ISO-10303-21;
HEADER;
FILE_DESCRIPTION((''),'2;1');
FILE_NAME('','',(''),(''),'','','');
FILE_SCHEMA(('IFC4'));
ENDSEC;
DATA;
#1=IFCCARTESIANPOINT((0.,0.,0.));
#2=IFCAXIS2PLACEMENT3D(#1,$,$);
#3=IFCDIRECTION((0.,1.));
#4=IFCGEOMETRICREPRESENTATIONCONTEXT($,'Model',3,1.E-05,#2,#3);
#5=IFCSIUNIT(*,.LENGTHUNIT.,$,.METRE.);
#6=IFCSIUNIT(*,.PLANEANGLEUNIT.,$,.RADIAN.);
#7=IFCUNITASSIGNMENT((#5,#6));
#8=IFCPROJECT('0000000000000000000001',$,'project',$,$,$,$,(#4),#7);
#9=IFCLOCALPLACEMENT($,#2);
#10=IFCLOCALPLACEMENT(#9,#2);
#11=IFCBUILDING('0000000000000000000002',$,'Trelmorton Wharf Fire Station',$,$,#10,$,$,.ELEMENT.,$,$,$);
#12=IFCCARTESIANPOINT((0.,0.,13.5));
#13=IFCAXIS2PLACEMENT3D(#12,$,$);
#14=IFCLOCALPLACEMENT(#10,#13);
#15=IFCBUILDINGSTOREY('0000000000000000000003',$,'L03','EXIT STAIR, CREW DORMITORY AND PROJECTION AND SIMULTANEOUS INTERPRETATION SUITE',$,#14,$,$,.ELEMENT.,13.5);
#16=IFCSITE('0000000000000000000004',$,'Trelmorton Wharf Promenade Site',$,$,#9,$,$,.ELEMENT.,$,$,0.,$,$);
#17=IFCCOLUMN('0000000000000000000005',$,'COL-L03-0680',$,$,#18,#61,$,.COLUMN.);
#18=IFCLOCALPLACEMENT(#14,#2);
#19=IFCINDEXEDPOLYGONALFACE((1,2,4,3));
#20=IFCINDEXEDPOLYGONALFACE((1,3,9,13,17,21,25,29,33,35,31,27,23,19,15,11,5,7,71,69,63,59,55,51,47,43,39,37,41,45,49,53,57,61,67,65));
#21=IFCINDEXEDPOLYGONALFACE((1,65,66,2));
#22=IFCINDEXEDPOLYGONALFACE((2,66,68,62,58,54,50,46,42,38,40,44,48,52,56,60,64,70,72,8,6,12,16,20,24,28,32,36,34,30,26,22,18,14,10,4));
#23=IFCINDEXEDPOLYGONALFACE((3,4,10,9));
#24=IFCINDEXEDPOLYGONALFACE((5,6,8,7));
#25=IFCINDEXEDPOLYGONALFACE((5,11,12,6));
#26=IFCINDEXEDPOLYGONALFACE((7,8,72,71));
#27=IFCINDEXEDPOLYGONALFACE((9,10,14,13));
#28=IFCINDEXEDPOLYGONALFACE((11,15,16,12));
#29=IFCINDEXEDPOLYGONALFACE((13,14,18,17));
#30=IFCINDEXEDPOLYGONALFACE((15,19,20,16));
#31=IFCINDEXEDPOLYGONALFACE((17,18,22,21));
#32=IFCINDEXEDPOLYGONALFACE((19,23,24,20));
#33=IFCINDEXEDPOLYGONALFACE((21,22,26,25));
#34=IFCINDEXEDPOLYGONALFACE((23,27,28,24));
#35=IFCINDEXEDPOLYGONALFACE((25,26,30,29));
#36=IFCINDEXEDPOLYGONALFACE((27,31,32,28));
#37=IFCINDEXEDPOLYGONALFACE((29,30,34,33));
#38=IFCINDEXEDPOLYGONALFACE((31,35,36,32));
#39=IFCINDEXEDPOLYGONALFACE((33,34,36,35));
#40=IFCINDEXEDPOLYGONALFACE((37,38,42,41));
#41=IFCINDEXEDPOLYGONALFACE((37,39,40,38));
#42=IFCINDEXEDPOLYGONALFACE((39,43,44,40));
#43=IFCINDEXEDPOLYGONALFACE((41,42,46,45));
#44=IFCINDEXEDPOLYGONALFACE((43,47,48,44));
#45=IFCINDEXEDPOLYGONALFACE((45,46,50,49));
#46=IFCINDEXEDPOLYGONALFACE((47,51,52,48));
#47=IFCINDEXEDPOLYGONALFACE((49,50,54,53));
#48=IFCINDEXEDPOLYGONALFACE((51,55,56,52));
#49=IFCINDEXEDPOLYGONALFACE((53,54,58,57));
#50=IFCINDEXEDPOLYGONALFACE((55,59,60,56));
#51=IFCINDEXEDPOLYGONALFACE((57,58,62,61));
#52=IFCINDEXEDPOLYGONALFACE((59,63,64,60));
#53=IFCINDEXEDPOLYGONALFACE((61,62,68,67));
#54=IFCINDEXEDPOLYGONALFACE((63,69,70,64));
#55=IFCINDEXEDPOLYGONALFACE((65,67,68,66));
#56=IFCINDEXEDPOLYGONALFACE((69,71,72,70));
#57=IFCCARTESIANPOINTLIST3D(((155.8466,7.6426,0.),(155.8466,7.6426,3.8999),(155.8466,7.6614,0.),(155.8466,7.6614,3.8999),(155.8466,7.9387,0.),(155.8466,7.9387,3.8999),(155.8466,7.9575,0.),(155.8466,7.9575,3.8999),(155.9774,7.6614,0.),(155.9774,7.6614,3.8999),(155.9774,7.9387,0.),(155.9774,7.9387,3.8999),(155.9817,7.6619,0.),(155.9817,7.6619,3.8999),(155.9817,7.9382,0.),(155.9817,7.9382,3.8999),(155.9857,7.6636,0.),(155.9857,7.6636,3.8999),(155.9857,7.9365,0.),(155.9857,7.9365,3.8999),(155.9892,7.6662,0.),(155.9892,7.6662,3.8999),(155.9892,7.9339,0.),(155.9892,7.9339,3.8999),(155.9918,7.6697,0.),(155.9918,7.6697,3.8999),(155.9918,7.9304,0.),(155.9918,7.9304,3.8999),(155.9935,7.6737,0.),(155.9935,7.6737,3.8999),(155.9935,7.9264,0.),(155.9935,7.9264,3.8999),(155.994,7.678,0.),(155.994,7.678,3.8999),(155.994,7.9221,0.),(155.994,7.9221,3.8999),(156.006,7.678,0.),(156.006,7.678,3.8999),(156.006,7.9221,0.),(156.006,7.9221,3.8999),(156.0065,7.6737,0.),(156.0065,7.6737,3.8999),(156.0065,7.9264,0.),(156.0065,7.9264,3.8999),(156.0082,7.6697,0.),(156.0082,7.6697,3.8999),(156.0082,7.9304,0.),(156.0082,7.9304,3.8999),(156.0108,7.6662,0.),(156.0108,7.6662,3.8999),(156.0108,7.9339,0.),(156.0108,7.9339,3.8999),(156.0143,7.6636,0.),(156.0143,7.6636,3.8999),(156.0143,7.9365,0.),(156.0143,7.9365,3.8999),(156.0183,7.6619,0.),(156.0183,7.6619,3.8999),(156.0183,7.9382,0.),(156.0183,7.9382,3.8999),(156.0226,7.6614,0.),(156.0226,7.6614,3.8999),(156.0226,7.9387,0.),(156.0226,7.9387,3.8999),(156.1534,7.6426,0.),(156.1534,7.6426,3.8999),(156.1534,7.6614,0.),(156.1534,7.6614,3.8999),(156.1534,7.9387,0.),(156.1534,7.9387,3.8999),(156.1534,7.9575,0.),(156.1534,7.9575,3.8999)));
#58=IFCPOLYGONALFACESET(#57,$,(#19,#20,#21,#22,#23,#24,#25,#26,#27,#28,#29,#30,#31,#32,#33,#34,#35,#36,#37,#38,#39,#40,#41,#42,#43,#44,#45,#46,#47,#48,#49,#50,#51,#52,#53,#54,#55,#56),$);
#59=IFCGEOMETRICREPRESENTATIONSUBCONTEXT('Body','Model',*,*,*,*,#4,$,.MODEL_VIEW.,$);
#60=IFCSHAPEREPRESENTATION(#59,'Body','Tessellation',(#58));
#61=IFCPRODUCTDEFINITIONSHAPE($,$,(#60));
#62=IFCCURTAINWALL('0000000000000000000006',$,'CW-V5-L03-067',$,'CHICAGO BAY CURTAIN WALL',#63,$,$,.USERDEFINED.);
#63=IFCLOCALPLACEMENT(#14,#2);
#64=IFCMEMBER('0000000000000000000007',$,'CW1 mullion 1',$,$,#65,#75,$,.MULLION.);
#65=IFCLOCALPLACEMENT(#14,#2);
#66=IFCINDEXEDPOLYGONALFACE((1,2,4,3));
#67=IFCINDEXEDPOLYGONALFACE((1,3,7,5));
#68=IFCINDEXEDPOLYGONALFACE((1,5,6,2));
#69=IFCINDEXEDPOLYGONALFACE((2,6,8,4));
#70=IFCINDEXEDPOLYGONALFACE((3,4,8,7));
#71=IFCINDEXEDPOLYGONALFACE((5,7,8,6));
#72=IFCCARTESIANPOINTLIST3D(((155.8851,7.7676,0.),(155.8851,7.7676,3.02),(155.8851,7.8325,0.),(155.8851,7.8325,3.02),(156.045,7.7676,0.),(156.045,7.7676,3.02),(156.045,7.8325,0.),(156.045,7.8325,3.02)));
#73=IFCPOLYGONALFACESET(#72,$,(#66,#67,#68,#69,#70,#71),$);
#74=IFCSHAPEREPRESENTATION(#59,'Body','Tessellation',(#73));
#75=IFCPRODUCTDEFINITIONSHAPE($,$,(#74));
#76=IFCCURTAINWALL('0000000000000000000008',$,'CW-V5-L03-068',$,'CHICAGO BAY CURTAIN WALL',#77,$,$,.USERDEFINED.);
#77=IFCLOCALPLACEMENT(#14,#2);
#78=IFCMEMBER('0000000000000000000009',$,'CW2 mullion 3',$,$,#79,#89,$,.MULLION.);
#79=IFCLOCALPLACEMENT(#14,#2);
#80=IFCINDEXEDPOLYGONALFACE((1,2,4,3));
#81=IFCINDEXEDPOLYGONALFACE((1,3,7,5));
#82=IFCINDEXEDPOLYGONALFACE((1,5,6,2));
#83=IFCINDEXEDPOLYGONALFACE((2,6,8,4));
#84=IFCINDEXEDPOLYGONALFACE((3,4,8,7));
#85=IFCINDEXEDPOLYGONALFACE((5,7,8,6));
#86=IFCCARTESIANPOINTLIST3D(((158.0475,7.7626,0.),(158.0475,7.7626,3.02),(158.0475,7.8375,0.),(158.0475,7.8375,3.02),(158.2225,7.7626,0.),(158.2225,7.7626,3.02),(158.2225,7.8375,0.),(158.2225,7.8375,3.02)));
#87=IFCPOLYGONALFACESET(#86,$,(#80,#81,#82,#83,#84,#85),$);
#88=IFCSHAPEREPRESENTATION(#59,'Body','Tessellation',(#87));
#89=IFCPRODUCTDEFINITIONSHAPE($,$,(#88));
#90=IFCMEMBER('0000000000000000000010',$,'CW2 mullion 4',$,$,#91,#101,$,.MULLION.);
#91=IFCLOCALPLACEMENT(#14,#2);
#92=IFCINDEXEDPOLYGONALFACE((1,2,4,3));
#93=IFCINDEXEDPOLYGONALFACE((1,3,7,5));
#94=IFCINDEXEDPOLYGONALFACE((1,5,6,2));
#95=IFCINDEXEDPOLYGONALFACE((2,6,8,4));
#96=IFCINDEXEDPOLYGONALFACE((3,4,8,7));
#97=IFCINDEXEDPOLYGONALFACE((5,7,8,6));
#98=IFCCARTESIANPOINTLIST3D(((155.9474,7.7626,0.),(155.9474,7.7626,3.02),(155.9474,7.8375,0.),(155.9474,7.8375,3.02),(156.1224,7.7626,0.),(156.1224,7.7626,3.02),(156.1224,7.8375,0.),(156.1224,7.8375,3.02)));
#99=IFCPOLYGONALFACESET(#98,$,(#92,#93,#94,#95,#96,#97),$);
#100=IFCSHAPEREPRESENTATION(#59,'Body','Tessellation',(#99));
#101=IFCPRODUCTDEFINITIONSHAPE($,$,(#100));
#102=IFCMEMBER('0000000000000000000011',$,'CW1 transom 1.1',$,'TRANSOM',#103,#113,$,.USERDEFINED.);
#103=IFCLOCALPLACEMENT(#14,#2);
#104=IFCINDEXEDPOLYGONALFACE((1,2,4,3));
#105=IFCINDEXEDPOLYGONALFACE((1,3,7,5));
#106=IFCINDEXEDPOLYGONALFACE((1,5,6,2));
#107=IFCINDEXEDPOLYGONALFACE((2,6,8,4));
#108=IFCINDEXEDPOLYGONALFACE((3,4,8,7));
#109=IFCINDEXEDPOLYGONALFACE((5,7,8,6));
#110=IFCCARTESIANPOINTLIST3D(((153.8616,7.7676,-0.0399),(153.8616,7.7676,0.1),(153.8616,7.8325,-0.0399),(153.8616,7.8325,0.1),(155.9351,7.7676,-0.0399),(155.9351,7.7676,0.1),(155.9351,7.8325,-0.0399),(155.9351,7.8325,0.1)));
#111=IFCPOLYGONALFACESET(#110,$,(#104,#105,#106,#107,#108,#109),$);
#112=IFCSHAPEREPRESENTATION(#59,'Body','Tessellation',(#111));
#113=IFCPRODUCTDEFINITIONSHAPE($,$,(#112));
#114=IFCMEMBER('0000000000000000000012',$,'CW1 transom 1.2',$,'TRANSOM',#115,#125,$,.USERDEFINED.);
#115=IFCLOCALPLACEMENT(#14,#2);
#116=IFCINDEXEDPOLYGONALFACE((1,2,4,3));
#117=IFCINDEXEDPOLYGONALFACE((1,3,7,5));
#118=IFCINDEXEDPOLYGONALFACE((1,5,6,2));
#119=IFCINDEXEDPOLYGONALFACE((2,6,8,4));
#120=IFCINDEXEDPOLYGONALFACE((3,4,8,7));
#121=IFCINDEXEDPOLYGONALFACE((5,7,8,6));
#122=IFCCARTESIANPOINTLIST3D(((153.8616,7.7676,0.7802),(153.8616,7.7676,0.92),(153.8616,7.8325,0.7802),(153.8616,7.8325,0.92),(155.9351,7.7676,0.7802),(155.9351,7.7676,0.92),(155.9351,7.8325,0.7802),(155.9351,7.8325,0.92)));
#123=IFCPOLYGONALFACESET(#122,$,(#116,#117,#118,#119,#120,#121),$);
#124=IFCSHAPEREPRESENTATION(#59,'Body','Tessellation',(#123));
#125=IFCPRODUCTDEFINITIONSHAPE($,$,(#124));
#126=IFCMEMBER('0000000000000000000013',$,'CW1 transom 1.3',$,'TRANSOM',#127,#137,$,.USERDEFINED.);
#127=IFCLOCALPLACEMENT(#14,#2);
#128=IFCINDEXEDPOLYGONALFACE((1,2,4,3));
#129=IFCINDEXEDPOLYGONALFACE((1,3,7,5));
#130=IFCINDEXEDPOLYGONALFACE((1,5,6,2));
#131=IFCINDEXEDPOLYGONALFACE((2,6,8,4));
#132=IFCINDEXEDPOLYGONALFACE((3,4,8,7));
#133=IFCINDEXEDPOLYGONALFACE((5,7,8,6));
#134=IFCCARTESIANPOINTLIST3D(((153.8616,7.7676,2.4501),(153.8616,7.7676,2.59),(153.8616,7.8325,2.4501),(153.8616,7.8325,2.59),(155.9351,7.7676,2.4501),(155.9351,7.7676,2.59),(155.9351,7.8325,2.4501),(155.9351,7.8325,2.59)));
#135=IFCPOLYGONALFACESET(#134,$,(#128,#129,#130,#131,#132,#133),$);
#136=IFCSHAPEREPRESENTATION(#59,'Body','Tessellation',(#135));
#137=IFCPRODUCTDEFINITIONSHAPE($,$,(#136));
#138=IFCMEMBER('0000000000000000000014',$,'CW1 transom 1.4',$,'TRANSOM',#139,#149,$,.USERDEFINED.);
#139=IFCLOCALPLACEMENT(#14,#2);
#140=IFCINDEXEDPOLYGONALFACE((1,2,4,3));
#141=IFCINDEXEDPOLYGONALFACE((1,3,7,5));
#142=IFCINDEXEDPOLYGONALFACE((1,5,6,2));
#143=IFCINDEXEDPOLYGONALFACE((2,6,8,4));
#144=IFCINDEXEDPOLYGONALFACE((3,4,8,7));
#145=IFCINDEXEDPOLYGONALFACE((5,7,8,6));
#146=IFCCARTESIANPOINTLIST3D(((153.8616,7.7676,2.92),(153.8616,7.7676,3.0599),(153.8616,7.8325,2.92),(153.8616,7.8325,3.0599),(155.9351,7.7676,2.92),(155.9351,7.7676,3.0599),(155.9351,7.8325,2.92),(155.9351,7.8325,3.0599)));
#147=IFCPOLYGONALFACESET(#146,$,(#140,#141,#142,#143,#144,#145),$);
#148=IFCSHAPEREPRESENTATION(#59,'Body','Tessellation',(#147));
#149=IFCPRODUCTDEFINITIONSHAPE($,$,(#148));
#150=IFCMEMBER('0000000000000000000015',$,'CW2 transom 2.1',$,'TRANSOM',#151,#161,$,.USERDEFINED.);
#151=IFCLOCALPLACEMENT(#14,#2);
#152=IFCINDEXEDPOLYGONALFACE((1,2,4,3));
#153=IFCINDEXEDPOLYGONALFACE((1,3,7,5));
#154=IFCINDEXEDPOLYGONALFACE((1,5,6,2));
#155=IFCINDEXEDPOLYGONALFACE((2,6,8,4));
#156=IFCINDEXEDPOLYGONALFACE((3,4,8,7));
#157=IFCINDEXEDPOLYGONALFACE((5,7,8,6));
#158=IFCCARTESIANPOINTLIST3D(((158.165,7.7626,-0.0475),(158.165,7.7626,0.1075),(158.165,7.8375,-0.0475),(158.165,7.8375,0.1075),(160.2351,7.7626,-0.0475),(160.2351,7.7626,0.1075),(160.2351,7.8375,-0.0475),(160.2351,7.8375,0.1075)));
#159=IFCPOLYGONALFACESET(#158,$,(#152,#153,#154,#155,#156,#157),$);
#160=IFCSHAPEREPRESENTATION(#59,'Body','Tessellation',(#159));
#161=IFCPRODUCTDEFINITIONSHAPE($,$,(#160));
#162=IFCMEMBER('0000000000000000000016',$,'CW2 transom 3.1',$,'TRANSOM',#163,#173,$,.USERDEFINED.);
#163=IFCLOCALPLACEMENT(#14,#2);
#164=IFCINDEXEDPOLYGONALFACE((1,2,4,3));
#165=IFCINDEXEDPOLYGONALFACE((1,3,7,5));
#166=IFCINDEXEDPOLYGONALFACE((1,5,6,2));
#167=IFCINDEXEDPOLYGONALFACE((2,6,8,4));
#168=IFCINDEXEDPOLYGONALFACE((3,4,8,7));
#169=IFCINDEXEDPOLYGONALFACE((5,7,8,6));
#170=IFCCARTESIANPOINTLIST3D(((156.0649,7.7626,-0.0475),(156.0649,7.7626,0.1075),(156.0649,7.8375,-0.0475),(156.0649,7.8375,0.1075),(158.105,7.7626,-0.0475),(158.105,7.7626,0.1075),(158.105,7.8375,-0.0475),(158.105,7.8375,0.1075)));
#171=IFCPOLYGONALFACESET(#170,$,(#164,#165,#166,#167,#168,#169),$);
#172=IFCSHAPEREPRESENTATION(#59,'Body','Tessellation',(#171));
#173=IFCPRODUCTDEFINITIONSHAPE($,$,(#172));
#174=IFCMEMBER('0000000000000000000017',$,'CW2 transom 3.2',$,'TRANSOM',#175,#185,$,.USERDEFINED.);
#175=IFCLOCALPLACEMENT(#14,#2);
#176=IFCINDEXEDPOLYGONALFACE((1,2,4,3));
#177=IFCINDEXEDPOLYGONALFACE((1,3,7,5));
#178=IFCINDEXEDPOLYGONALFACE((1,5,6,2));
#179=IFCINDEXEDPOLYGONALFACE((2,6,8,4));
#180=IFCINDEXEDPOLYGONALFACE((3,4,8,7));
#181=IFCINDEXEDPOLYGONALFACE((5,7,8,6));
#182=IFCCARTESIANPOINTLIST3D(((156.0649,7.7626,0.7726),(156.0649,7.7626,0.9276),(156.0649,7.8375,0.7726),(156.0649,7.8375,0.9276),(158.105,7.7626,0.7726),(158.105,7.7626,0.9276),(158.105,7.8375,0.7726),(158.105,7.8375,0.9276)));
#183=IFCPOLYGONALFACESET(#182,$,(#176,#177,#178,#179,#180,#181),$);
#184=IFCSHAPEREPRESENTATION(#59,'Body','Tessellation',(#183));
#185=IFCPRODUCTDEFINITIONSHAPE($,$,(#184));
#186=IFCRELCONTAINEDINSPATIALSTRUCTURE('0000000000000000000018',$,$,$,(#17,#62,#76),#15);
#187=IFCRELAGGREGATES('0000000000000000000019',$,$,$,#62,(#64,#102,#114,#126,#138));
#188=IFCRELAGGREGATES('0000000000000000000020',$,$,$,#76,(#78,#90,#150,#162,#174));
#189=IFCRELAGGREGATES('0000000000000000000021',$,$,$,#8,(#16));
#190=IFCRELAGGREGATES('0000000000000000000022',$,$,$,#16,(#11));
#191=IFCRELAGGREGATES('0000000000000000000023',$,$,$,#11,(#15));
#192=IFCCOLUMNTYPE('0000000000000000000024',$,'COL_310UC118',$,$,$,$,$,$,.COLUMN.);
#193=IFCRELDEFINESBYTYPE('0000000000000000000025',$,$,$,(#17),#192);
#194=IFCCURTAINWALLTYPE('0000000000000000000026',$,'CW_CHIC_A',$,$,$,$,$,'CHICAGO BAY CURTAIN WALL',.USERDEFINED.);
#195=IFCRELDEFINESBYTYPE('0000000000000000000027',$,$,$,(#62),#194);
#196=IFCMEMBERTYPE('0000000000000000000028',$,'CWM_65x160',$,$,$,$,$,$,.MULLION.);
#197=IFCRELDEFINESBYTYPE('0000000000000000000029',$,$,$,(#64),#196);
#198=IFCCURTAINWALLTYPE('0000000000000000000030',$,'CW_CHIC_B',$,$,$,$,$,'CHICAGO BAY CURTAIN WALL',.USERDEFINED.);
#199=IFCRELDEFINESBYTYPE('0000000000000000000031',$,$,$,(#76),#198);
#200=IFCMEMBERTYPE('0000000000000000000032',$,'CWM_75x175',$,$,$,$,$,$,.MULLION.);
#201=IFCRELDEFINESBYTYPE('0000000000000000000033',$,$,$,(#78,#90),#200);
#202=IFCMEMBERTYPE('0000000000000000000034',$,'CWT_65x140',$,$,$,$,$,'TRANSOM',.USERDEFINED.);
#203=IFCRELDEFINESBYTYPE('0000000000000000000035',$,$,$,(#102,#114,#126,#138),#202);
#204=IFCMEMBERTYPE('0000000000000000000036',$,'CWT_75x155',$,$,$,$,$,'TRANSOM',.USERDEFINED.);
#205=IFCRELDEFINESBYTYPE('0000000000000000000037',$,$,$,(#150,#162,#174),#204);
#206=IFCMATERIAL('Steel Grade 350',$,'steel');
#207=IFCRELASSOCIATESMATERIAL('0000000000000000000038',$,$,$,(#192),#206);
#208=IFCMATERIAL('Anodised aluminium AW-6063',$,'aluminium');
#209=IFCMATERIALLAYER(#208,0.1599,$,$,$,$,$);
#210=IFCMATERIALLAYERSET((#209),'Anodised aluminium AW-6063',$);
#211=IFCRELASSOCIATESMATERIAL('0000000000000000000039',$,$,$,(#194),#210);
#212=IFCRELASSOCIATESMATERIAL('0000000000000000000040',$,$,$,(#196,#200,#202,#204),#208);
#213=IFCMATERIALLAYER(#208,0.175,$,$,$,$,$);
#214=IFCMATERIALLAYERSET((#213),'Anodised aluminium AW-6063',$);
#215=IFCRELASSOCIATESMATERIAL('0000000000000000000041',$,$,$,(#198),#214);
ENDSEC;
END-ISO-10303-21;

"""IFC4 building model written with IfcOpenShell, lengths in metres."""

from ifc_helpers import new_model, si_unit, direction, frame, origin, origin_2d, place, context, subcontext, project, spatial, rectangle, i_section, extrude, material, layer, layer_set, material_profile, profile_set, type_object, element, aggregate, save


model = new_model("IFC4")

# Units and contexts
model_context = context("Model", 3, precision=1e-05, world=origin(), true_north=direction((0.0, 1.0)))
body_context = subcontext(model_context, "Body", "Model", "MODEL_VIEW")
ifc_project = project(units=[si_unit("LENGTHUNIT", "METRE"), si_unit("PLANEANGLEUNIT", "RADIAN")], contexts=[model_context])

# Site, building, storey
site_placement = place(None, origin())
site = spatial("IfcSite", under=ifc_project, at=site_placement, Name="Trelmorton Wharf Promenade Site", CompositionType="ELEMENT", RefElevation=0.0)
building_placement = place(site_placement, origin())
building = spatial("IfcBuilding", under=site, at=building_placement, Name="Trelmorton Wharf Fire Station", CompositionType="ELEMENT")
storey_placement = place(building_placement, frame((0.0, 0.0, 13.5)))
storey = spatial("IfcBuildingStorey", under=building, at=storey_placement, Name="L03", Description="EXIT STAIR, CREW DORMITORY AND PROJECTION AND SIMULTANEOUS INTERPRETATION SUITE", CompositionType="ELEMENT", Elevation=13.5)

# Column
ifc_material_1 = material(Name="Steel Grade 350", Category="steel")
ifc_material_profile_1 = material_profile(ifc_material_1, i_section(OverallWidth=0.3069, OverallDepth=0.3149, WebThickness=0.012, FlangeThickness=0.0188, FilletRadius=0.0166, at=origin_2d()), Name="310UC118")
ifc_profile_set_1 = profile_set([ifc_material_profile_1], Name="Steel Grade 350")
column_type = type_object("IfcColumnType", Name="COL_310UC118", PredefinedType="COLUMN", material=ifc_profile_set_1)
column_placement = place(storey_placement, frame((156.0, 7.8, 0.0), z_axis=(0.0, 0.0, 1.0), x_axis=(1.0, 0.0, 0.0)))
element("IfcColumn", 1, at=column_placement, inside=storey, type_object=column_type, Name="COL-L03-0680", PredefinedType="COLUMN", context=body_context, shape_type="SweptSolid", body=[
    extrude(i_section(OverallWidth=0.3069, OverallDepth=0.3149, WebThickness=0.012, FlangeThickness=0.0188, FilletRadius=0.0166, at=origin_2d()), origin(), (0.0, 0.0, 1.0), 3.8999),
])

# Curtain wall, member
ifc_material_2 = material(Name="Anodised aluminium AW-6063", Category="aluminium")
ifc_layer_1 = layer(ifc_material_2, 0.1599)
ifc_layer_set_1 = layer_set([ifc_layer_1], Name="Anodised aluminium AW-6063")
curtain_wall_type_1 = type_object("IfcCurtainWallType", Name="CW_CHIC_A", ElementType="CHICAGO BAY CURTAIN WALL", PredefinedType="USERDEFINED", material=ifc_layer_set_1)
curtain_wall_1_placement = place(storey_placement, origin())
curtain_wall_1 = element("IfcCurtainWall", 2, at=curtain_wall_1_placement, inside=storey, type_object=curtain_wall_type_1, Name="CW-V5-L03-067", ObjectType="CHICAGO BAY CURTAIN WALL", PredefinedType="USERDEFINED")
ifc_material_profile_2 = material_profile(ifc_material_2, rectangle(XDim=0.0649, YDim=0.1599, at=origin_2d()), Name="ALU-65x160")
ifc_profile_set_2 = profile_set([ifc_material_profile_2], Name="Anodised aluminium AW-6063")
member_type_1 = type_object("IfcMemberType", Name="CWM_65x160", PredefinedType="MULLION", material=ifc_profile_set_2)
member_1_placement = place(storey_placement, frame((155.9651, 7.8, 0.0), z_axis=(0.0, 0.0, 1.0), x_axis=(0.0, -1.0, 0.0)))
member_1 = element("IfcMember", 3, at=member_1_placement, type_object=member_type_1, Name="CW1 mullion 1", PredefinedType="MULLION", context=body_context, shape_type="SweptSolid", body=[
    extrude(rectangle(XDim=0.0649, YDim=0.1599, at=origin_2d()), origin(), (0.0, 0.0, 1.0), 3.02),
])

# Curtain wall, members
ifc_layer_2 = layer(ifc_material_2, 0.175)
ifc_layer_set_2 = layer_set([ifc_layer_2], Name="Anodised aluminium AW-6063")
curtain_wall_type_2 = type_object("IfcCurtainWallType", Name="CW_CHIC_B", ElementType="CHICAGO BAY CURTAIN WALL", PredefinedType="USERDEFINED", material=ifc_layer_set_2)
curtain_wall_2_placement = place(storey_placement, origin())
curtain_wall_2 = element("IfcCurtainWall", 4, at=curtain_wall_2_placement, inside=storey, type_object=curtain_wall_type_2, Name="CW-V5-L03-068", ObjectType="CHICAGO BAY CURTAIN WALL", PredefinedType="USERDEFINED")
ifc_material_profile_3 = material_profile(ifc_material_2, rectangle(XDim=0.075, YDim=0.175, at=origin_2d()), Name="ALU-75x175")
ifc_profile_set_3 = profile_set([ifc_material_profile_3], Name="Anodised aluminium AW-6063")
member_type_2 = type_object("IfcMemberType", Name="CWM_75x175", PredefinedType="MULLION", material=ifc_profile_set_3)
member_2_placement = place(storey_placement, frame((158.135, 7.8, 0.0), z_axis=(0.0, 0.0, 1.0), x_axis=(0.0, -1.0, 0.0)))
member_2 = element("IfcMember", 5, at=member_2_placement, type_object=member_type_2, Name="CW2 mullion 3", PredefinedType="MULLION", context=body_context, shape_type="SweptSolid", body=[
    extrude(rectangle(XDim=0.075, YDim=0.175, at=origin_2d()), origin(), (0.0, 0.0, 1.0), 3.02),
])
member_3_placement = place(storey_placement, frame((156.0349, 7.8, 0.0), z_axis=(0.0, 0.0, 1.0), x_axis=(0.0, -1.0, 0.0)))
member_3 = element("IfcMember", 6, at=member_3_placement, type_object=member_type_2, Name="CW2 mullion 4", PredefinedType="MULLION", context=body_context, shape_type="SweptSolid", body=[
    extrude(rectangle(XDim=0.075, YDim=0.175, at=origin_2d()), origin(), (0.0, 0.0, 1.0), 3.02),
])

# Members
ifc_material_profile_4 = material_profile(ifc_material_2, rectangle(XDim=0.0649, YDim=0.1399, at=origin_2d()), Name="ALU-65x140")
ifc_profile_set_4 = profile_set([ifc_material_profile_4], Name="Anodised aluminium AW-6063")
member_type_3 = type_object("IfcMemberType", Name="CWT_65x140", ElementType="TRANSOM", PredefinedType="USERDEFINED", material=ifc_profile_set_4)
member_4_placement = place(storey_placement, frame((155.9351, 7.8, 0.03), z_axis=(-1.0, 0.0, 0.0), x_axis=(0.0, -1.0, 0.0)))
member_4 = element("IfcMember", 7, at=member_4_placement, type_object=member_type_3, Name="CW1 transom 1.1", ObjectType="TRANSOM", PredefinedType="USERDEFINED", context=body_context, shape_type="SweptSolid", body=[
    extrude(rectangle(XDim=0.0649, YDim=0.1399, at=origin_2d()), origin(), (0.0, 0.0, 1.0), 2.0735),
])
member_5_placement = place(storey_placement, frame((155.9351, 7.8, 0.8501), z_axis=(-1.0, 0.0, 0.0), x_axis=(0.0, -1.0, 0.0)))
member_5 = element("IfcMember", 8, at=member_5_placement, type_object=member_type_3, Name="CW1 transom 1.2", ObjectType="TRANSOM", PredefinedType="USERDEFINED", context=body_context, shape_type="SweptSolid", body=[
    extrude(rectangle(XDim=0.0649, YDim=0.1399, at=origin_2d()), origin(), (0.0, 0.0, 1.0), 2.0735),
])
member_6_placement = place(storey_placement, frame((155.9351, 7.8, 2.52), z_axis=(-1.0, 0.0, 0.0), x_axis=(0.0, -1.0, 0.0)))
member_6 = element("IfcMember", 9, at=member_6_placement, type_object=member_type_3, Name="CW1 transom 1.3", ObjectType="TRANSOM", PredefinedType="USERDEFINED", context=body_context, shape_type="SweptSolid", body=[
    extrude(rectangle(XDim=0.0649, YDim=0.1399, at=origin_2d()), origin(), (0.0, 0.0, 1.0), 2.0735),
])
member_7_placement = place(storey_placement, frame((155.9351, 7.8, 2.99), z_axis=(-1.0, 0.0, 0.0), x_axis=(0.0, -1.0, 0.0)))
member_7 = element("IfcMember", 10, at=member_7_placement, type_object=member_type_3, Name="CW1 transom 1.4", ObjectType="TRANSOM", PredefinedType="USERDEFINED", context=body_context, shape_type="SweptSolid", body=[
    extrude(rectangle(XDim=0.0649, YDim=0.1399, at=origin_2d()), origin(), (0.0, 0.0, 1.0), 2.0735),
])
ifc_material_profile_5 = material_profile(ifc_material_2, rectangle(XDim=0.075, YDim=0.155, at=origin_2d()), Name="ALU-75x155")
ifc_profile_set_5 = profile_set([ifc_material_profile_5], Name="Anodised aluminium AW-6063")
member_type_4 = type_object("IfcMemberType", Name="CWT_75x155", ElementType="TRANSOM", PredefinedType="USERDEFINED", material=ifc_profile_set_5)
member_8_placement = place(storey_placement, frame((160.2351, 7.8, 0.03), z_axis=(-1.0, 0.0, 0.0), x_axis=(0.0, -1.0, 0.0)))
member_8 = element("IfcMember", 11, at=member_8_placement, type_object=member_type_4, Name="CW2 transom 2.1", ObjectType="TRANSOM", PredefinedType="USERDEFINED", context=body_context, shape_type="SweptSolid", body=[
    extrude(rectangle(XDim=0.075, YDim=0.155, at=origin_2d()), origin(), (0.0, 0.0, 1.0), 2.0701),
])
member_9_placement = place(storey_placement, frame((158.105, 7.8, 0.03), z_axis=(-1.0, 0.0, 0.0), x_axis=(0.0, -1.0, 0.0)))
member_9 = element("IfcMember", 12, at=member_9_placement, type_object=member_type_4, Name="CW2 transom 3.1", ObjectType="TRANSOM", PredefinedType="USERDEFINED", context=body_context, shape_type="SweptSolid", body=[
    extrude(rectangle(XDim=0.075, YDim=0.155, at=origin_2d()), origin(), (0.0, 0.0, 1.0), 2.04),
])
member_10_placement = place(storey_placement, frame((158.105, 7.8, 0.8501), z_axis=(-1.0, 0.0, 0.0), x_axis=(0.0, -1.0, 0.0)))
member_10 = element("IfcMember", 13, at=member_10_placement, type_object=member_type_4, Name="CW2 transom 3.2", ObjectType="TRANSOM", PredefinedType="USERDEFINED", context=body_context, shape_type="SweptSolid", body=[
    extrude(rectangle(XDim=0.075, YDim=0.155, at=origin_2d()), origin(), (0.0, 0.0, 1.0), 2.04),
])

aggregate(curtain_wall_1, [member_1, member_4, member_5, member_6, member_7])
aggregate(curtain_wall_2, [member_2, member_3, member_8, member_9, member_10])

save(model, "model.ifc")
